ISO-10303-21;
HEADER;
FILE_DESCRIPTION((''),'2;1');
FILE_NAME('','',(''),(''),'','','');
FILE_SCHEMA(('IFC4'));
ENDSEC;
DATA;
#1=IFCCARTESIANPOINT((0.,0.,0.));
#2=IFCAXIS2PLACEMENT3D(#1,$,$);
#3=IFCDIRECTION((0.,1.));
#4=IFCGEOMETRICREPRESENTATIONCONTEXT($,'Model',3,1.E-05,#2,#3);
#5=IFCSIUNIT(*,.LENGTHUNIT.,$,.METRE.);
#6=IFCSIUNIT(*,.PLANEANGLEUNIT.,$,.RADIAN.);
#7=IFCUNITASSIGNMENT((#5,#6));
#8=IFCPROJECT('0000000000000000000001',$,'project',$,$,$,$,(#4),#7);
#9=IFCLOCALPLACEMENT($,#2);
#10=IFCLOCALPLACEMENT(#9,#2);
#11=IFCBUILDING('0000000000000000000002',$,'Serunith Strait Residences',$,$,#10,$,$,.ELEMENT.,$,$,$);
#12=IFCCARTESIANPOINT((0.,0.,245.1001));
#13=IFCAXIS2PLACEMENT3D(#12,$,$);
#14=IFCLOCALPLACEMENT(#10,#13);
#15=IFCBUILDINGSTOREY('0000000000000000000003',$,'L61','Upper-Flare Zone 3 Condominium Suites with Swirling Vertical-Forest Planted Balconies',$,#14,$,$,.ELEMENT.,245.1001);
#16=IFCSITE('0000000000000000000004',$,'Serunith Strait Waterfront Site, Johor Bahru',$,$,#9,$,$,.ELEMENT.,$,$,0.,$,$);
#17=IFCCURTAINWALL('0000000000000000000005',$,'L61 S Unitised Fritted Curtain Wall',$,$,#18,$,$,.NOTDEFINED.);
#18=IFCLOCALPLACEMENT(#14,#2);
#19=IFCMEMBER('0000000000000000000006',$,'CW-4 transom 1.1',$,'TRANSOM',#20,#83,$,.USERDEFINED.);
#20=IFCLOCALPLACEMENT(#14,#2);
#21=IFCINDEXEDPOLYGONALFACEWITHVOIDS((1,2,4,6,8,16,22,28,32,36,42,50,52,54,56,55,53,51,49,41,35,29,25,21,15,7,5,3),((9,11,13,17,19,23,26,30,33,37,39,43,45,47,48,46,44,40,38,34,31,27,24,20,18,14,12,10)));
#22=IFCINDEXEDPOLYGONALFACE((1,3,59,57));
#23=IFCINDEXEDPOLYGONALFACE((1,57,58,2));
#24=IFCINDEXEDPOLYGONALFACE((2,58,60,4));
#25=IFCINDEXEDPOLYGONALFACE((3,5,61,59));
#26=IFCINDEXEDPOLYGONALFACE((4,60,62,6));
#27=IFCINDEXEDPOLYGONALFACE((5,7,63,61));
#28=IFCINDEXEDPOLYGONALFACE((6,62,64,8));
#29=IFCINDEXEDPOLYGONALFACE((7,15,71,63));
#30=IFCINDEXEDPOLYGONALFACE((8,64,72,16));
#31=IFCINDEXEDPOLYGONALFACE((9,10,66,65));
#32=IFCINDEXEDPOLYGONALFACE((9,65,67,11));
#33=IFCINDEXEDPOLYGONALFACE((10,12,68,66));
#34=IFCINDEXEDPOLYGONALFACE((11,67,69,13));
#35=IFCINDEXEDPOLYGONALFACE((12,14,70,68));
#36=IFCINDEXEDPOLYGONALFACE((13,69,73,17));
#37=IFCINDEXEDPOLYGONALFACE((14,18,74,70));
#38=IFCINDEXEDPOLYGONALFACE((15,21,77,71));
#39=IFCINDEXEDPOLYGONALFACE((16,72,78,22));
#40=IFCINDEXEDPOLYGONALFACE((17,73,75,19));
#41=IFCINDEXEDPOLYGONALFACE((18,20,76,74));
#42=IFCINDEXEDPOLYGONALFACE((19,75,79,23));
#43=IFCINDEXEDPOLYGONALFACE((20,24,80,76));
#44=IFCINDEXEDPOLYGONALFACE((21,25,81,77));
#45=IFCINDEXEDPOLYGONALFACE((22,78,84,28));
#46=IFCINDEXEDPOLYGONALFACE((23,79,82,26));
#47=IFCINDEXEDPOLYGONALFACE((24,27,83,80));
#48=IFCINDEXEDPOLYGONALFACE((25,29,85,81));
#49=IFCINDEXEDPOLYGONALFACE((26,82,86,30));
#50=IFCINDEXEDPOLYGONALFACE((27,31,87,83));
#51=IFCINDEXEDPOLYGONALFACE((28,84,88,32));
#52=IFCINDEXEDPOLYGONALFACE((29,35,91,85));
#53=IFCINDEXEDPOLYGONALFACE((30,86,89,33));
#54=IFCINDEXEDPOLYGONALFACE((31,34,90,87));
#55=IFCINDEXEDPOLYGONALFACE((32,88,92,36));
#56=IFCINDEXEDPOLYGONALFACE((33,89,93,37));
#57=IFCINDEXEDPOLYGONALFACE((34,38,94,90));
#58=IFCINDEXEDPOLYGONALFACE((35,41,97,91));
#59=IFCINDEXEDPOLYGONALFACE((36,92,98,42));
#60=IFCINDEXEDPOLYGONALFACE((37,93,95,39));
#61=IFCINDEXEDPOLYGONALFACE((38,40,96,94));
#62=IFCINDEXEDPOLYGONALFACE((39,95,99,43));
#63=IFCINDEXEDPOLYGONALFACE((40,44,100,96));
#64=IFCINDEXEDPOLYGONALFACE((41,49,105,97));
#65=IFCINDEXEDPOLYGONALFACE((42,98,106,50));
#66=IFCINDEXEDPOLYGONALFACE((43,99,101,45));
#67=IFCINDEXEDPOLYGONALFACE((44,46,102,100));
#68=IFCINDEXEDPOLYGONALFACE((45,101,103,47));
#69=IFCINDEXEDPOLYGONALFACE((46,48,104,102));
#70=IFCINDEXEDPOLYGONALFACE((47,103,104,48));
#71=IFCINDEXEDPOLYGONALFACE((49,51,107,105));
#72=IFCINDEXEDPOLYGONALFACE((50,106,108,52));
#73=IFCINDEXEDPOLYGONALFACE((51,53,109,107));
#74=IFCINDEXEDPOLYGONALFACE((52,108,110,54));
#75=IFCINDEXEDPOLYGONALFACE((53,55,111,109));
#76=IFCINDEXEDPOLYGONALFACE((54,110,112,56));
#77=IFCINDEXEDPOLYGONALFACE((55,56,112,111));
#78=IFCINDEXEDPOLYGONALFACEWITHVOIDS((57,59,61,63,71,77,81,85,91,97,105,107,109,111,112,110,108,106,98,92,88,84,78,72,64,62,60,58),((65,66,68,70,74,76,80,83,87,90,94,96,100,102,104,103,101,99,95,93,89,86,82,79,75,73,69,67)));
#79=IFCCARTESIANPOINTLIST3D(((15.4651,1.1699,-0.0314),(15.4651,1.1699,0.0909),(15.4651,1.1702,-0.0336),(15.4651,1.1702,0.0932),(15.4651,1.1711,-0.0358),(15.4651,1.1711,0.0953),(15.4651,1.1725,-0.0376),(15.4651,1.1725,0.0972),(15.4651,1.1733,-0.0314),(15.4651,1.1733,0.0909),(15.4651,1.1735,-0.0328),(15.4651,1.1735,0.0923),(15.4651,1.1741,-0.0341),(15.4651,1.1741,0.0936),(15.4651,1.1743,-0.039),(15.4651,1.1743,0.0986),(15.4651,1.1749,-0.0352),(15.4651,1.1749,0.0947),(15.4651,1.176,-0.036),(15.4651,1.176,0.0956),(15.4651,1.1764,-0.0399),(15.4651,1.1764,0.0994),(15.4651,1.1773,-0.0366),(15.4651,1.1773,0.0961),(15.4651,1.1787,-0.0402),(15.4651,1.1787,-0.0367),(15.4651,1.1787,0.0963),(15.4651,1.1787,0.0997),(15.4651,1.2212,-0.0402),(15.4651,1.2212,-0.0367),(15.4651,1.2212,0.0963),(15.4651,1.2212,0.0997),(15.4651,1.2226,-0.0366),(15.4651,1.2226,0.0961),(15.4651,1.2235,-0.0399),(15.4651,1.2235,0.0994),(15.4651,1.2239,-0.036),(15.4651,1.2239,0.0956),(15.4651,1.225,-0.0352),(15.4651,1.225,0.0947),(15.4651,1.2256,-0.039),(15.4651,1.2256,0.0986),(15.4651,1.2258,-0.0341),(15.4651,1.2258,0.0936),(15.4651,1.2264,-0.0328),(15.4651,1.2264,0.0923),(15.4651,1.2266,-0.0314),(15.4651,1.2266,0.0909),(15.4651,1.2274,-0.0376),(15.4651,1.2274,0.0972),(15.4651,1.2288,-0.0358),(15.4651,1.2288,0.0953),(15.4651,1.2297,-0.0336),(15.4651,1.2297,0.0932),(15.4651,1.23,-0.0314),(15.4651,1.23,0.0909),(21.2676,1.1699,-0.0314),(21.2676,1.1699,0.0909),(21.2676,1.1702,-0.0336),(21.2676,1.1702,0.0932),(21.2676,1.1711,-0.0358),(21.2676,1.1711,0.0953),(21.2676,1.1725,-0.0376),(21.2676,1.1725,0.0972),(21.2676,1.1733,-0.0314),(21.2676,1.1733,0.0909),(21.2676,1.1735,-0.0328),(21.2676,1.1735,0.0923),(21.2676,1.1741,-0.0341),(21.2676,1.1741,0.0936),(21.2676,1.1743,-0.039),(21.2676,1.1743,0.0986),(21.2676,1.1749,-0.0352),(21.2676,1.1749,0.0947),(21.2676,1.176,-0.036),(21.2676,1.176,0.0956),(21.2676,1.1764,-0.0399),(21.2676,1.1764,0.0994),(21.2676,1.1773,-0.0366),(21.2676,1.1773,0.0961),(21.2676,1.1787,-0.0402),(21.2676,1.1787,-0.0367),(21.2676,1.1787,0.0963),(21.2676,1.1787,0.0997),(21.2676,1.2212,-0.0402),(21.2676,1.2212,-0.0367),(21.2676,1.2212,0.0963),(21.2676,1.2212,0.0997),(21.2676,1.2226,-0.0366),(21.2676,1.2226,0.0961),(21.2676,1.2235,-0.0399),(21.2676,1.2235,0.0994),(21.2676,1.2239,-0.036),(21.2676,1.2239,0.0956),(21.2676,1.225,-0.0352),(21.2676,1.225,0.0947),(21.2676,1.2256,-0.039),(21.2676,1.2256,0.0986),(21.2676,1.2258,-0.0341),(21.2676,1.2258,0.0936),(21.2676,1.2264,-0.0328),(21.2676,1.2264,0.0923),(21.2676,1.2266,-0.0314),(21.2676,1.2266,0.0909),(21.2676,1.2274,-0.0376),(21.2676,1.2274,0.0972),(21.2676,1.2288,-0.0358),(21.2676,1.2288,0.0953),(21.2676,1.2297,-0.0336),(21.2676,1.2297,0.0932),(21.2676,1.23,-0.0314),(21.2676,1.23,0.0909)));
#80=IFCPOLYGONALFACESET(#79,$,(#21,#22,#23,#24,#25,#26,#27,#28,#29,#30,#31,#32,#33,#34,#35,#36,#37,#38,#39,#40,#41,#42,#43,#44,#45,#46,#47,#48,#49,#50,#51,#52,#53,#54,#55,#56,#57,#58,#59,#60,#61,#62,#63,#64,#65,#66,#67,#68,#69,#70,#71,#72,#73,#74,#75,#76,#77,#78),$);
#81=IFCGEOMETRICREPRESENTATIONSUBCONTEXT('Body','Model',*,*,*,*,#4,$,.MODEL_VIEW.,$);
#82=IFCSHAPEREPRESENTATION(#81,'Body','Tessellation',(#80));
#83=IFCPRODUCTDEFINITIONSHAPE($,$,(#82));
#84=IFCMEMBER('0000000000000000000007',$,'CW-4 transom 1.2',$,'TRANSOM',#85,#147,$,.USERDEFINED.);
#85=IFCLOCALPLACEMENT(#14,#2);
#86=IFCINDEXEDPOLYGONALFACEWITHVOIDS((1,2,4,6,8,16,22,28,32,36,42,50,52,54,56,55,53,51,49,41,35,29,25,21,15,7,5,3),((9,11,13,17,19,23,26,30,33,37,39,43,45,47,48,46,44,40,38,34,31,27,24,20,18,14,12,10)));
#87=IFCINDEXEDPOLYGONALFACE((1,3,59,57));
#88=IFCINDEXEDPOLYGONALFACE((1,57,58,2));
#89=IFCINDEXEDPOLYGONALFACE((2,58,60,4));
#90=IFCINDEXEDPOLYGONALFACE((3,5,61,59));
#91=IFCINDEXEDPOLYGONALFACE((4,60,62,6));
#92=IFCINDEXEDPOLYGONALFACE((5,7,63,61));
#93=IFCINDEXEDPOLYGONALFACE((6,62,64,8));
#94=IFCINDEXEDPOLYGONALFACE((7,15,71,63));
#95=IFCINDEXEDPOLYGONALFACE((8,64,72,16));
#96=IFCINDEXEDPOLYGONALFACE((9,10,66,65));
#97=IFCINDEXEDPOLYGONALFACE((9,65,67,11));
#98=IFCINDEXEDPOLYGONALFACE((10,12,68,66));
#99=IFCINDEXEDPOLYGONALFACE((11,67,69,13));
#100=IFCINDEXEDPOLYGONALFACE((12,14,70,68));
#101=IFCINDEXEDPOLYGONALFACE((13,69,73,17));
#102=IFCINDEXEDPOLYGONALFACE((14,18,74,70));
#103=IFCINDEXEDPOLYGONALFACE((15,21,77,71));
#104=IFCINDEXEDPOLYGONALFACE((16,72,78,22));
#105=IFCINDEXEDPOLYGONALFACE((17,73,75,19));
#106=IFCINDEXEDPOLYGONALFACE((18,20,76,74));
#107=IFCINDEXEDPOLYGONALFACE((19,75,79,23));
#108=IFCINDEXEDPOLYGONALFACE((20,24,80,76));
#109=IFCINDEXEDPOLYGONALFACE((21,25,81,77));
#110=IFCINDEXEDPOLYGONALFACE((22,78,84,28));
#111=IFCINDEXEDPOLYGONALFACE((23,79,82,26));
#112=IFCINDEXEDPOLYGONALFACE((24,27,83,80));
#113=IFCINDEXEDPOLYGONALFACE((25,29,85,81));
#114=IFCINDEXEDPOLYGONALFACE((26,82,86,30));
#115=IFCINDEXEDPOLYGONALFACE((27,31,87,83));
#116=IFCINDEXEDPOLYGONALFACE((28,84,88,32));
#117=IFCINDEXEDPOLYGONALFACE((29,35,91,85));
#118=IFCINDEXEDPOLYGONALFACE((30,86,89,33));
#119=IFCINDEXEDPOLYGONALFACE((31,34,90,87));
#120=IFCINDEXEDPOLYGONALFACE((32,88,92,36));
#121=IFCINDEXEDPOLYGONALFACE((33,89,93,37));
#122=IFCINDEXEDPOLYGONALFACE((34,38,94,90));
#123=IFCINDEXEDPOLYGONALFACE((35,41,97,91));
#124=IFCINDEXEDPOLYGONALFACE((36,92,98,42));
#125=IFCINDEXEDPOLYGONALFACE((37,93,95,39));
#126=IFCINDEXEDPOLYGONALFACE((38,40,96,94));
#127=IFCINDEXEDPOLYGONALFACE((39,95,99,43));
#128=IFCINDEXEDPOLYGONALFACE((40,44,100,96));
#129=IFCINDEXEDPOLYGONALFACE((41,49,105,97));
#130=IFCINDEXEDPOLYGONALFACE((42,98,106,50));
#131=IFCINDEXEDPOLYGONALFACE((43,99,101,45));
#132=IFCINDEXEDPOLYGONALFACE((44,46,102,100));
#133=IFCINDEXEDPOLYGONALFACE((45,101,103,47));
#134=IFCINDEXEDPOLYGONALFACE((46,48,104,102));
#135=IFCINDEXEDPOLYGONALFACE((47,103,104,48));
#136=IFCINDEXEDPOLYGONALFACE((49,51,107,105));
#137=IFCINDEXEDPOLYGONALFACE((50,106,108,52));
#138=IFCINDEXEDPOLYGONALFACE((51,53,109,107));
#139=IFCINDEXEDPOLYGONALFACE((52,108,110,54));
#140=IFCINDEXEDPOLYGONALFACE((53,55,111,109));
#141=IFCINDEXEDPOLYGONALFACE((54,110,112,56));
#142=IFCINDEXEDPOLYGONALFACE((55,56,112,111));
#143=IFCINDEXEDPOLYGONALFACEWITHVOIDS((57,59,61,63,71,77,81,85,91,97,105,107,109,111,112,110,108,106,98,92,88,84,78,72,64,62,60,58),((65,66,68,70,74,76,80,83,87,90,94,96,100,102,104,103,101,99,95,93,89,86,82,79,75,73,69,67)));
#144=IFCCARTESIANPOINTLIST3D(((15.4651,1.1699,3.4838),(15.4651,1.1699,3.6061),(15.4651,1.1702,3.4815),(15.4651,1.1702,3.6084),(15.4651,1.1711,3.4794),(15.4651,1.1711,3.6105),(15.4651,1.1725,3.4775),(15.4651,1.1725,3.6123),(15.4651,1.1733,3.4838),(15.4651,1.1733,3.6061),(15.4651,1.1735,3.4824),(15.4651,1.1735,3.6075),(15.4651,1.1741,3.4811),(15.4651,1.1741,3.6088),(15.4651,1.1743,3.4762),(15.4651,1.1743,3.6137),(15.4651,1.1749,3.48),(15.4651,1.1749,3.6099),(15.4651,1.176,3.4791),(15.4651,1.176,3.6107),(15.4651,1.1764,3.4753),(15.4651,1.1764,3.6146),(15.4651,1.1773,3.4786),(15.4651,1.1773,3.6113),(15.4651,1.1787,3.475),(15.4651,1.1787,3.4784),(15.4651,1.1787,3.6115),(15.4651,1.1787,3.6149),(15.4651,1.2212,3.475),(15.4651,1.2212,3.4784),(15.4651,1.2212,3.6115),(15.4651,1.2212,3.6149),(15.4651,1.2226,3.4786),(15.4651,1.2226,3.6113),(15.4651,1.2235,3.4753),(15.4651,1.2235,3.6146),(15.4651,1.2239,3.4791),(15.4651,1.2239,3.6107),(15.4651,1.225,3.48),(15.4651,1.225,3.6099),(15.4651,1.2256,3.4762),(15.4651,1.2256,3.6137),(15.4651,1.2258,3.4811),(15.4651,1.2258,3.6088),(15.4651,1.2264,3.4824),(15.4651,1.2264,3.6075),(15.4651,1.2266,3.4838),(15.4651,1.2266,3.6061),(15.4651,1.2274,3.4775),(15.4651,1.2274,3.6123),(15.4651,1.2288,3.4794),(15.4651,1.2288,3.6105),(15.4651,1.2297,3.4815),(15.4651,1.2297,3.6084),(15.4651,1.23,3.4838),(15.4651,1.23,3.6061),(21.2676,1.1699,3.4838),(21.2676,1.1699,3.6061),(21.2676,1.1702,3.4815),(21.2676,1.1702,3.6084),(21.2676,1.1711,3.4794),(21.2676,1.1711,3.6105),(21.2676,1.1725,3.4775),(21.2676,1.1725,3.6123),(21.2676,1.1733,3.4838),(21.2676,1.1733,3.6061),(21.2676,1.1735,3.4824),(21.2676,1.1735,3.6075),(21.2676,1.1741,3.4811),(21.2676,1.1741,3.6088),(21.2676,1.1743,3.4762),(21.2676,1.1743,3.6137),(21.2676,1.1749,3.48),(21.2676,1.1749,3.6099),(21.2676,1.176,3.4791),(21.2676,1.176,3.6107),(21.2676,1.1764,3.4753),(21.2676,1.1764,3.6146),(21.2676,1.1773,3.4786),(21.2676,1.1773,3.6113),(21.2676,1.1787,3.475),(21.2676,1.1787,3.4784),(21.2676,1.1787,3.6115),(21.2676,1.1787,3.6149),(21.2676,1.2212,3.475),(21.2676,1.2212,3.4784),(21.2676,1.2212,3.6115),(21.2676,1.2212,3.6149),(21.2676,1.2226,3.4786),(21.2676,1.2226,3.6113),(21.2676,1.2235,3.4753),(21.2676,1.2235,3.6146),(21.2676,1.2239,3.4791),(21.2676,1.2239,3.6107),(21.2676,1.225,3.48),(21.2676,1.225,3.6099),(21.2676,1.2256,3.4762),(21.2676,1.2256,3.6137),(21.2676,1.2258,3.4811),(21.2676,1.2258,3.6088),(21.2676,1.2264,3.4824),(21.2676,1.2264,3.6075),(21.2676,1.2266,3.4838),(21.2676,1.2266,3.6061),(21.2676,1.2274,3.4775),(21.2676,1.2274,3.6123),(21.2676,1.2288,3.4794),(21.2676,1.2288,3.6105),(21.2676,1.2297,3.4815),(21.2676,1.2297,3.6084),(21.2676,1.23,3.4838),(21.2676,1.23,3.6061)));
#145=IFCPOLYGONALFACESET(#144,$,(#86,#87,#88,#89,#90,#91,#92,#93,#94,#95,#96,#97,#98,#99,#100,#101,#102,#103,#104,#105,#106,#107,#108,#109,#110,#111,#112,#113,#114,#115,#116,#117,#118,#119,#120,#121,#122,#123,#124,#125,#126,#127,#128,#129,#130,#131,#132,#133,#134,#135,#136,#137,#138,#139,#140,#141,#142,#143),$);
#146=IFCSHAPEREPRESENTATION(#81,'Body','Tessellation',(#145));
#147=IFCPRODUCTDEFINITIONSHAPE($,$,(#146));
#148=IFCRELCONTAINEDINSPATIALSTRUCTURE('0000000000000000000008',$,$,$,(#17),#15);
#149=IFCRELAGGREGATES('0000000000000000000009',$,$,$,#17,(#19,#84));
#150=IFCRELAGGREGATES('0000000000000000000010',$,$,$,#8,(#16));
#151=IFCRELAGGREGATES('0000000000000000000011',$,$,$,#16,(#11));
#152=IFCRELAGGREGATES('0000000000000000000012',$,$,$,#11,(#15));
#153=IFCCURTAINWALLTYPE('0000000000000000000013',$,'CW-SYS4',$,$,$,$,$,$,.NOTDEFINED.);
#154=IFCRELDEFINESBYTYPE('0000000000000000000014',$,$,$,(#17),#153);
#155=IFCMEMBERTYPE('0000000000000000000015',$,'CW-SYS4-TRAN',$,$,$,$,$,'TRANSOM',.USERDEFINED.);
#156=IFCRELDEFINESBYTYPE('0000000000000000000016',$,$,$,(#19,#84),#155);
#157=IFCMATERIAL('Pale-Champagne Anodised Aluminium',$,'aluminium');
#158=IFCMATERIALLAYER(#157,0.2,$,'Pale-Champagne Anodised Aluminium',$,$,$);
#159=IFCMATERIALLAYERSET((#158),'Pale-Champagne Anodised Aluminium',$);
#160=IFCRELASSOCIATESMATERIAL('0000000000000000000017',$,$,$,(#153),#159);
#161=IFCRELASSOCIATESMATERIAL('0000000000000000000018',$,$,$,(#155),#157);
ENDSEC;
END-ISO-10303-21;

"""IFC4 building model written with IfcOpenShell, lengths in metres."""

from ifc_helpers import new_model, si_unit, direction, frame, origin, origin_2d, place, context, subcontext, project, spatial, hollow_rectangle, extrude, source, transform, mapped, material, layer, layer_set, material_profile, profile_set, type_object, element, aggregate, save


model = new_model("IFC4")

# Units and contexts
model_context = context("Model", 3, precision=1e-05, world=origin(), true_north=direction((0.0, 1.0)))
body_context = subcontext(model_context, "Body", "Model", "MODEL_VIEW")
ifc_project = project(units=[si_unit("LENGTHUNIT", "METRE"), si_unit("PLANEANGLEUNIT", "RADIAN")], contexts=[model_context])

# Site, building, storey
site_placement = place(None, origin())
site = spatial("IfcSite", under=ifc_project, at=site_placement, Name="Serunith Strait Waterfront Site, Johor Bahru", CompositionType="ELEMENT", RefElevation=0.0)
building_placement = place(site_placement, origin())
building = spatial("IfcBuilding", under=site, at=building_placement, Name="Serunith Strait Residences", CompositionType="ELEMENT")
storey_placement = place(building_placement, frame((0.0, 0.0, 245.1001)))
storey = spatial("IfcBuildingStorey", under=building, at=storey_placement, Name="L61", Description="Upper-Flare Zone 3 Condominium Suites with Swirling Vertical-Forest Planted Balconies", CompositionType="ELEMENT", Elevation=245.1001)

# Curtain wall
ifc_material_1 = material(Name="Pale-Champagne Anodised Aluminium", Category="aluminium")
ifc_layer_1 = layer(ifc_material_1, 0.2, Name="Pale-Champagne Anodised Aluminium")
ifc_layer_set_1 = layer_set([ifc_layer_1], Name="Pale-Champagne Anodised Aluminium")
curtain_wall_type = type_object("IfcCurtainWallType", Name="CW-SYS4", PredefinedType="NOTDEFINED", material=ifc_layer_set_1)
curtain_wall_1_placement = place(storey_placement, origin())
curtain_wall_1 = element("IfcCurtainWall", 1, at=curtain_wall_1_placement, inside=storey, type_object=curtain_wall_type, Name="L61 S Unitised Fritted Curtain Wall", PredefinedType="NOTDEFINED")

# Members
ifc_material_profile_1 = material_profile(ifc_material_1, hollow_rectangle(XDim=0.0601, YDim=0.1399, WallThickness=0.0034, InnerFilletRadius=0.0054, OuterFilletRadius=0.0088, at=origin_2d()), Name="ALU 140x60x3.5")
ifc_profile_set_1 = profile_set([ifc_material_profile_1], Name="Pale-Champagne Anodised Aluminium")
member_type_1 = type_object("IfcMemberType", Name="CW-SYS4-TRAN", ElementType="TRANSOM", PredefinedType="USERDEFINED", material=ifc_profile_set_1)
shared_shape_1 = source(origin(), body_context, "Body", "SweptSolid", [
    extrude(hollow_rectangle(XDim=0.0601, YDim=0.1399, WallThickness=0.0034, InnerFilletRadius=0.0054, OuterFilletRadius=0.0088, at=origin_2d()), origin(), (0.0, 0.0, 1.0), 5.8025),
])
member_1_placement = place(storey_placement, frame((15.4651, 1.2, 0.0298), z_axis=(1.0, 0.0, 0.0), x_axis=(0.0, 1.0, 0.0)))
member_1 = element("IfcMember", 2, at=member_1_placement, type_object=member_type_1, Name="CW-4 transom 1.1", ObjectType="TRANSOM", PredefinedType="USERDEFINED", context=body_context, shape_type="MappedRepresentation", body=[
    mapped(shared_shape_1, transform((0.0, 0.0, 0.0), scale=1.0)),
])
member_2_placement = place(storey_placement, frame((15.4651, 1.2, 3.5449), z_axis=(1.0, 0.0, 0.0), x_axis=(0.0, 1.0, 0.0)))
member_2 = element("IfcMember", 3, at=member_2_placement, type_object=member_type_1, Name="CW-4 transom 1.2", ObjectType="TRANSOM", PredefinedType="USERDEFINED", context=body_context, shape_type="MappedRepresentation", body=[
    mapped(shared_shape_1, transform((0.0, 0.0, 0.0), scale=1.0)),
])
aggregate(curtain_wall_1, [member_1, member_2])

save(model, "model.ifc")
